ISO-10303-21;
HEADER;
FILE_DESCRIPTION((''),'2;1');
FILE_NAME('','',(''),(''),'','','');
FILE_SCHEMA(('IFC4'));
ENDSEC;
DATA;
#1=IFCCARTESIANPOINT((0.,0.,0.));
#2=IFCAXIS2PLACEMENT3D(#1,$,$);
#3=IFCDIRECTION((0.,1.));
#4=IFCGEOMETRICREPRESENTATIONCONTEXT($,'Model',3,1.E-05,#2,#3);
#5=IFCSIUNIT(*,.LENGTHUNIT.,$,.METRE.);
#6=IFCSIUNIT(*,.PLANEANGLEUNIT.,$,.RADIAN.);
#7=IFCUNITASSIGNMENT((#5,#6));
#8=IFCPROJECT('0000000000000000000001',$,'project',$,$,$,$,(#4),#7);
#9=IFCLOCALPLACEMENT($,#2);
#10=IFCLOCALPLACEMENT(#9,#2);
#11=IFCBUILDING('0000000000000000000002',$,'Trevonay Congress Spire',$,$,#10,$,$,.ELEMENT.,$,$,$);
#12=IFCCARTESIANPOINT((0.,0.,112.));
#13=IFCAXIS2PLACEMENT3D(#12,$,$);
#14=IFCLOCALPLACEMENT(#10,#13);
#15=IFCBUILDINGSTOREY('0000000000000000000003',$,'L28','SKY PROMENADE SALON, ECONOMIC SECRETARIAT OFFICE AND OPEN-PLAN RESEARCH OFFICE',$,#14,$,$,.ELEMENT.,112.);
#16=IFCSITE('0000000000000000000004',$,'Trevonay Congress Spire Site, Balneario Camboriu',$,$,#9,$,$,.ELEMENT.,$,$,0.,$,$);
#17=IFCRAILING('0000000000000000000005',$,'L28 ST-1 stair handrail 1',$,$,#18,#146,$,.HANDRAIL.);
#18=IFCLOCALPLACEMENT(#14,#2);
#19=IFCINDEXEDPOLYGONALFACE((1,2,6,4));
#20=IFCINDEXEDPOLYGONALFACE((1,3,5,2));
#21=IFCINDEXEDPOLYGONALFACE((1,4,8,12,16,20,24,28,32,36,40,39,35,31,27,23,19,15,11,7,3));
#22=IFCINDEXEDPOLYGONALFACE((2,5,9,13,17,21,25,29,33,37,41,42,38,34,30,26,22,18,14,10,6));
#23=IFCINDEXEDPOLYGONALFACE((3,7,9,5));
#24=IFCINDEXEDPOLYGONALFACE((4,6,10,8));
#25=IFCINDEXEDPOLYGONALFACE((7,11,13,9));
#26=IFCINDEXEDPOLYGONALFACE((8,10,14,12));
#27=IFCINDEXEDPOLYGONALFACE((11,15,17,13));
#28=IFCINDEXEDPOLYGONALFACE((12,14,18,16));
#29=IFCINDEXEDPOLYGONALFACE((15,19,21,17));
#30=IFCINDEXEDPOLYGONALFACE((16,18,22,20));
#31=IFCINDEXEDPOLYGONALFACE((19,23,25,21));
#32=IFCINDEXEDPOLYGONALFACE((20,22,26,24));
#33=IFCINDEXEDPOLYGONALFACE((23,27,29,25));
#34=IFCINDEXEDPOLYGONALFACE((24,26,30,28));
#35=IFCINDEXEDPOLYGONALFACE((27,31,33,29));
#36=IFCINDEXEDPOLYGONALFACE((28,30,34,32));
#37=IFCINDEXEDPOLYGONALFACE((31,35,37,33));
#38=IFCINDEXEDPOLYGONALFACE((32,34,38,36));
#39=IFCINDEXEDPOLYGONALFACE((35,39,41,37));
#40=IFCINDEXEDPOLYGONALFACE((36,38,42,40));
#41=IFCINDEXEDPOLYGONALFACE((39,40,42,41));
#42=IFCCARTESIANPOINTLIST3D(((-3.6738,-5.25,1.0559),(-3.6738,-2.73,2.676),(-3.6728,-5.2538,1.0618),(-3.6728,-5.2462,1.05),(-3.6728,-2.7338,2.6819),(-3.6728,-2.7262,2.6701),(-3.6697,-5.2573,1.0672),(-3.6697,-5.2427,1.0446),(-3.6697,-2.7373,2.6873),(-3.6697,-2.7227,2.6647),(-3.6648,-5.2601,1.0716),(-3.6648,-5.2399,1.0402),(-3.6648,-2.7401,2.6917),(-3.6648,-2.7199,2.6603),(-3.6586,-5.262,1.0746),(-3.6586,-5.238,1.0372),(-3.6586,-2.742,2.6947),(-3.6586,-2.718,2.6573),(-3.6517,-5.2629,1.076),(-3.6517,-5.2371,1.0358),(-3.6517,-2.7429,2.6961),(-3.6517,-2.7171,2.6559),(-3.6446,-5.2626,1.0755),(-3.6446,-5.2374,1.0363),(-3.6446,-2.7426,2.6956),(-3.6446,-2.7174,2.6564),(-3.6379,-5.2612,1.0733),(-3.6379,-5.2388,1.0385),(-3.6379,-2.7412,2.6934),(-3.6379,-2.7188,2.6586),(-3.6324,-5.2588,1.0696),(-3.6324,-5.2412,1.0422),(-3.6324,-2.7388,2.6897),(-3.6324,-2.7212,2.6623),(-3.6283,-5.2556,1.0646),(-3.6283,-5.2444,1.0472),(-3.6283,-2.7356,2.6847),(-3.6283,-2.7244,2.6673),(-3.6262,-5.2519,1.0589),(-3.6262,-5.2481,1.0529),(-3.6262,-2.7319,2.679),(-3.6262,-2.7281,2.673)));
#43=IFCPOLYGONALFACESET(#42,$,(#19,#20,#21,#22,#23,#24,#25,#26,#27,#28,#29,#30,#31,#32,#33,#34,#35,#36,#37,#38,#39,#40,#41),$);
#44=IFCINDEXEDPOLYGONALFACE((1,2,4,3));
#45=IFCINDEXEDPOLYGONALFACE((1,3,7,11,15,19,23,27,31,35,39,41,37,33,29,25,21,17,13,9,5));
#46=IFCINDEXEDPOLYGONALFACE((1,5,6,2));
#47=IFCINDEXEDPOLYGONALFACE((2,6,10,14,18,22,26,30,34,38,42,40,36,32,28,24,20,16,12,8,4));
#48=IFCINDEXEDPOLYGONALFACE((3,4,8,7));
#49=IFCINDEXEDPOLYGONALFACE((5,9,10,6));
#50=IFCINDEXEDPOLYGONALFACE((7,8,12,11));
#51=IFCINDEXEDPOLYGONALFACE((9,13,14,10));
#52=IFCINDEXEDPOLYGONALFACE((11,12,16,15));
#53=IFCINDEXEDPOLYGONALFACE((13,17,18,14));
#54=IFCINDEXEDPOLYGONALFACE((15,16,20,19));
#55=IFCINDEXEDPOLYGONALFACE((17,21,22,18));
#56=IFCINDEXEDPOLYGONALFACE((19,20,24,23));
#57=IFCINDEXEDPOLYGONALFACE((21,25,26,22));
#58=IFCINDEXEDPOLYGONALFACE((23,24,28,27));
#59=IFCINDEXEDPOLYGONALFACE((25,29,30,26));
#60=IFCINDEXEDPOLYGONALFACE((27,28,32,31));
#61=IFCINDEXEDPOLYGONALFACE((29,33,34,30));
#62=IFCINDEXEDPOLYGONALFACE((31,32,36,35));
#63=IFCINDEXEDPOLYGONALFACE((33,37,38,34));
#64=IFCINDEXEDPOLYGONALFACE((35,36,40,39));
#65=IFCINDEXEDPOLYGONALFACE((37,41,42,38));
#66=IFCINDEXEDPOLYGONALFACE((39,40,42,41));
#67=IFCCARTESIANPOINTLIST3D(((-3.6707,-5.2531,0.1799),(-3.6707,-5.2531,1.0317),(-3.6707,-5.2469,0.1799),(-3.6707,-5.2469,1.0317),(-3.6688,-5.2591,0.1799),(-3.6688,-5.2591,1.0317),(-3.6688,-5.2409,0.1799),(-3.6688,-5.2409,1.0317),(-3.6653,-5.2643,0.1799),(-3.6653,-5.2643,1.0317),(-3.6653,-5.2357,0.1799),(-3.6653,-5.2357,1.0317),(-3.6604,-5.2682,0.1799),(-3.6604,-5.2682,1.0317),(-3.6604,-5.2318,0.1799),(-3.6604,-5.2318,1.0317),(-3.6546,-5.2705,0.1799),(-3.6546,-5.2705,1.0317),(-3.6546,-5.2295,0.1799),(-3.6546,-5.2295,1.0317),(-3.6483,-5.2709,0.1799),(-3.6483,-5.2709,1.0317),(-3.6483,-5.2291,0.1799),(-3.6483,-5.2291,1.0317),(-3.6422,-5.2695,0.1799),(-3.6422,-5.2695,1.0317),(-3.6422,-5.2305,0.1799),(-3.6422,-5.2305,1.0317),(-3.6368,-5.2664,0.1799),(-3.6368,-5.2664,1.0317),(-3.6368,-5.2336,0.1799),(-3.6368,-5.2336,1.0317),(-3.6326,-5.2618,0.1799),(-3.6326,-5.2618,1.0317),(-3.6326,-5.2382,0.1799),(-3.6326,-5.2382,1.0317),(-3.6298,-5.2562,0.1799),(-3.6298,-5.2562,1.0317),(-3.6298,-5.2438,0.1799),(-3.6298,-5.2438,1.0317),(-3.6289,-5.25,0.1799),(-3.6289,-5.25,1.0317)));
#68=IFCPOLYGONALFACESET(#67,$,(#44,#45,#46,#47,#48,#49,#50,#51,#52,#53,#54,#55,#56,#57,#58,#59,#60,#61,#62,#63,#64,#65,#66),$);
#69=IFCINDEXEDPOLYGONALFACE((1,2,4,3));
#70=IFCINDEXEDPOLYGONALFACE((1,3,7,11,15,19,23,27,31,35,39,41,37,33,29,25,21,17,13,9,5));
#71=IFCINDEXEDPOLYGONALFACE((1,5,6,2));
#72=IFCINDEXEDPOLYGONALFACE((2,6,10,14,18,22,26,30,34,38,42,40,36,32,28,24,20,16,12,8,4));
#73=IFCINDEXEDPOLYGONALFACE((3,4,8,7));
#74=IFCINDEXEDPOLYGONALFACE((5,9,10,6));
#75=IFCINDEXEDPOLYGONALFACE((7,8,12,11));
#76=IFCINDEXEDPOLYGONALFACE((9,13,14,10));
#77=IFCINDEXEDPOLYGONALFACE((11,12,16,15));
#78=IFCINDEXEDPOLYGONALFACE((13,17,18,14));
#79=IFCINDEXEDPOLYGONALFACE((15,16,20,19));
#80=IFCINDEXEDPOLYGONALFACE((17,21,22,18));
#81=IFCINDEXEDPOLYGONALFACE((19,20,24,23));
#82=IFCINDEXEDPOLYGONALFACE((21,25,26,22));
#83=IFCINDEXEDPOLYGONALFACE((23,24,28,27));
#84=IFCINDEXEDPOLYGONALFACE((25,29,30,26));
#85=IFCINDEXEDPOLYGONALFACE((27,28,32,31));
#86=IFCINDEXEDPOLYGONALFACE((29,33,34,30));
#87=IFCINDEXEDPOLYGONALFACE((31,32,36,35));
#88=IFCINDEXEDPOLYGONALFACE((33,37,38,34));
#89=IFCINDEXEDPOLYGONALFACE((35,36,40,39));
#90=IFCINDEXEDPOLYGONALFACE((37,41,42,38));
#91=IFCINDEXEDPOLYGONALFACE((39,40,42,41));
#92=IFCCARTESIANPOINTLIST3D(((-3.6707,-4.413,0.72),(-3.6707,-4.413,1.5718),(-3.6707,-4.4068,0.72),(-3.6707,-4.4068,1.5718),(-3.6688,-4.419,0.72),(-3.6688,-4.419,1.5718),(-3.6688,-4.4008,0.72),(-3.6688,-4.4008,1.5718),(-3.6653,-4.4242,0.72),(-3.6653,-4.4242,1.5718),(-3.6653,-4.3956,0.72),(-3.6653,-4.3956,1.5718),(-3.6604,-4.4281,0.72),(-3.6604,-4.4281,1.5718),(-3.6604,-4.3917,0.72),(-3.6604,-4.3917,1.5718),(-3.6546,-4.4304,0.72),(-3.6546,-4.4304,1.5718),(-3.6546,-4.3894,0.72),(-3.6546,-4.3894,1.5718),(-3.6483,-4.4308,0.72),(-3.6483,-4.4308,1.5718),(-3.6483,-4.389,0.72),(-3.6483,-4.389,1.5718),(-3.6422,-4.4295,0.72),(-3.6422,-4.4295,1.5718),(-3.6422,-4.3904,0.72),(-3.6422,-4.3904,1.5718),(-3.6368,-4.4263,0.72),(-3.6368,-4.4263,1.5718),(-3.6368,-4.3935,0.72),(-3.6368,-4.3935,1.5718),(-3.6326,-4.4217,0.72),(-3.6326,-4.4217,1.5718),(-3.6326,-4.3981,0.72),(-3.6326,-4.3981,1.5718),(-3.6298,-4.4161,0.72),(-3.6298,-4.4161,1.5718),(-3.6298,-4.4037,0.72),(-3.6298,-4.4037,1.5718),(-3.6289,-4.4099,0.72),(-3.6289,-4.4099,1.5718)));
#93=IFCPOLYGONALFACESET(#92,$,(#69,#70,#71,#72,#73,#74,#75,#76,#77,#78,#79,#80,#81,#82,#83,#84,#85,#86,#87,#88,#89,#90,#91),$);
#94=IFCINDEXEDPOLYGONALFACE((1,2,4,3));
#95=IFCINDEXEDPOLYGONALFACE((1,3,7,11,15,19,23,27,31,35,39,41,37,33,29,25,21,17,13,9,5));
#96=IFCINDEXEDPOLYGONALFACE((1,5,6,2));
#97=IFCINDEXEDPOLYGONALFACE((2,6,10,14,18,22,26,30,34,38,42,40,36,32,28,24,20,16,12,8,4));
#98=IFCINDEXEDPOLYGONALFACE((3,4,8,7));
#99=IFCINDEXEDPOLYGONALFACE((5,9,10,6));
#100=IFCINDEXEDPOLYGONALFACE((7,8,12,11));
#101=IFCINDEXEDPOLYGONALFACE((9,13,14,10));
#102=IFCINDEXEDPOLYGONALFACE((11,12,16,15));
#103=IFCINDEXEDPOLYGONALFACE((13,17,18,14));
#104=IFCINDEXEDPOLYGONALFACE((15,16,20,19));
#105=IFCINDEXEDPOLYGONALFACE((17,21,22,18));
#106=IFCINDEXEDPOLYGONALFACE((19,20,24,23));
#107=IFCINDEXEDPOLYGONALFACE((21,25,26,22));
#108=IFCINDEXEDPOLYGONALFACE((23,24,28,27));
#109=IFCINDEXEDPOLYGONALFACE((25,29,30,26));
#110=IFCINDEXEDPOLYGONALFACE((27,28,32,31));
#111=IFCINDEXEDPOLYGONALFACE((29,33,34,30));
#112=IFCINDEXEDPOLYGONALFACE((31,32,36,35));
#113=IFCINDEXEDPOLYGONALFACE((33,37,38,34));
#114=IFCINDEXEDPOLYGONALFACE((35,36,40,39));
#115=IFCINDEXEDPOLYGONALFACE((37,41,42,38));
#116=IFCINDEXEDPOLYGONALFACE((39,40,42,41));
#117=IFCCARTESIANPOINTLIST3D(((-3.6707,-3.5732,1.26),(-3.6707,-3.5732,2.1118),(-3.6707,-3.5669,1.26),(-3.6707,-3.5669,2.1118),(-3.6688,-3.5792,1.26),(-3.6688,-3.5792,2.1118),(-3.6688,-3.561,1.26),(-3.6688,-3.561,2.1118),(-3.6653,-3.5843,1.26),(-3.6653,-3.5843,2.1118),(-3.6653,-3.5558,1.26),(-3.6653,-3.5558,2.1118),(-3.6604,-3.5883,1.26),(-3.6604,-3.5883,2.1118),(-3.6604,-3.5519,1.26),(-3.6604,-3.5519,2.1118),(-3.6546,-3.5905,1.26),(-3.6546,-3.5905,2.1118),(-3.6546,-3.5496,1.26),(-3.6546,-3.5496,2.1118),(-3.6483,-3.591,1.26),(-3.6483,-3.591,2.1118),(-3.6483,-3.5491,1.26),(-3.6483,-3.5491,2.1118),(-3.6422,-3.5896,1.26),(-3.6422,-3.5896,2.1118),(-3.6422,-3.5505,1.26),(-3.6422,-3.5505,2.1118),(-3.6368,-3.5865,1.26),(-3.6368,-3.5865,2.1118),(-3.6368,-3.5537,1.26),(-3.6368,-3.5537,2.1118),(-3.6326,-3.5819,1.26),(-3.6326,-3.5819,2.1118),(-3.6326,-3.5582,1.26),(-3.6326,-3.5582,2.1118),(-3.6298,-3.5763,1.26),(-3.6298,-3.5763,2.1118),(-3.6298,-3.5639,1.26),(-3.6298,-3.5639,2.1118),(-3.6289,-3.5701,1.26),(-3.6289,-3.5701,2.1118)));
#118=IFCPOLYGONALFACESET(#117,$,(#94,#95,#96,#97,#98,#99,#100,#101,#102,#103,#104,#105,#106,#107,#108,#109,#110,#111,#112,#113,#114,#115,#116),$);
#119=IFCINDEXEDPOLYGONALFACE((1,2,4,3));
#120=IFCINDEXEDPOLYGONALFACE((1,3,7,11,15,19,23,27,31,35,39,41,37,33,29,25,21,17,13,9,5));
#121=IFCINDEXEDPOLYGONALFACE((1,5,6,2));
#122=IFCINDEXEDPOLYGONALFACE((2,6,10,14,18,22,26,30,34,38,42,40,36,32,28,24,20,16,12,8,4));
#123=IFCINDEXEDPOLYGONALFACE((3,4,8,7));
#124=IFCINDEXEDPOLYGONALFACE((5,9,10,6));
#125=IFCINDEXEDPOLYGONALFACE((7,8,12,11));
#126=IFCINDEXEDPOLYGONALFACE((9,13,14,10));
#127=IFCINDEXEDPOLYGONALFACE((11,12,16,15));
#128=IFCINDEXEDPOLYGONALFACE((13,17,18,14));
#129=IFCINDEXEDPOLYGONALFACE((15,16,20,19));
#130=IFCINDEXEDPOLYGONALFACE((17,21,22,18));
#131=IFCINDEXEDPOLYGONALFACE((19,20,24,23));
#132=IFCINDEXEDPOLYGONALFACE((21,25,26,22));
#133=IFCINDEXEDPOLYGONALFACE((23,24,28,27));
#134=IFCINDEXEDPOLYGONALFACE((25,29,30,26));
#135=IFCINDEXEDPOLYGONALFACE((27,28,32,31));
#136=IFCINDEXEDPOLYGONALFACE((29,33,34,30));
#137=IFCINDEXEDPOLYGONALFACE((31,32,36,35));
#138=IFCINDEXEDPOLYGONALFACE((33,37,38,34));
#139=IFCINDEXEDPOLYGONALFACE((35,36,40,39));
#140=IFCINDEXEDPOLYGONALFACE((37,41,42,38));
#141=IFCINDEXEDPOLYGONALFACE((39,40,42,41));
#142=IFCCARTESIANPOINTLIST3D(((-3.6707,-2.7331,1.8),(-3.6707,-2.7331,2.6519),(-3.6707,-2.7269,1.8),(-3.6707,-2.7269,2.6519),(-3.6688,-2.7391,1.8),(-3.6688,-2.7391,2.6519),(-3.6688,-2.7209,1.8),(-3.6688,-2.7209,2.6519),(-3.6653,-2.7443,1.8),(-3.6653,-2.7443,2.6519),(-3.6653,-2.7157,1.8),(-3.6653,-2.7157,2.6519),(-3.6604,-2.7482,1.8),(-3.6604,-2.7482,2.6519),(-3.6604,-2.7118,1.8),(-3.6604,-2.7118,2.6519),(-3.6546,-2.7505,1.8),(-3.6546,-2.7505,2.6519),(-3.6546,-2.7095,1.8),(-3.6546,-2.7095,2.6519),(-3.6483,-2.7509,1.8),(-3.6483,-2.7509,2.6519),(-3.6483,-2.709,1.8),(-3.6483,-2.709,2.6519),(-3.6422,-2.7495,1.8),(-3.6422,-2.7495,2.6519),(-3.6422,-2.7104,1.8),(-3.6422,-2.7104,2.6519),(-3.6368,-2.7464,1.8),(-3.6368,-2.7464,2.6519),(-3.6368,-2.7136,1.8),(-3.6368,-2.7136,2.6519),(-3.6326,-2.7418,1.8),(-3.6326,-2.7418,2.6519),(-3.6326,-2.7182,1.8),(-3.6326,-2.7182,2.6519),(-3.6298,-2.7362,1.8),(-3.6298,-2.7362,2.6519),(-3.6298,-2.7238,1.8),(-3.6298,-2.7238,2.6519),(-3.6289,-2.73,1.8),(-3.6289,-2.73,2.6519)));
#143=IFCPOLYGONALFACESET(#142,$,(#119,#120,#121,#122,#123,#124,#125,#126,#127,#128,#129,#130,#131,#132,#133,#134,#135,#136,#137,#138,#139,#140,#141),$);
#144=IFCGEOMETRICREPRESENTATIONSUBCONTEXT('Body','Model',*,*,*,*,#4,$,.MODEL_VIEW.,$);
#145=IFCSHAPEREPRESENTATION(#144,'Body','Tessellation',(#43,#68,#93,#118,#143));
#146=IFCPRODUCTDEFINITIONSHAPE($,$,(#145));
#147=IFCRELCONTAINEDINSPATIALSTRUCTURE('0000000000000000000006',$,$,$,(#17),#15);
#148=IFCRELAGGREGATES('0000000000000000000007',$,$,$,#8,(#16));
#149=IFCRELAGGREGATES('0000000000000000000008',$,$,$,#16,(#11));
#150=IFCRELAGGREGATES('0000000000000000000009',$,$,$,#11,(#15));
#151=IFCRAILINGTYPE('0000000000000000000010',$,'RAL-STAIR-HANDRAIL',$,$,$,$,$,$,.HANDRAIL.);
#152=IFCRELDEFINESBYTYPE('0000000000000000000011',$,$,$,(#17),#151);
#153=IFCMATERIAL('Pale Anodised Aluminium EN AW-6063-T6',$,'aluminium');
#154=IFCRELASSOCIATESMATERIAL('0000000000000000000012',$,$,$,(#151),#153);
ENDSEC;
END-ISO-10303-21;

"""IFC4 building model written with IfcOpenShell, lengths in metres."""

from ifc_helpers import new_model, si_unit, direction, frame, origin, origin_2d, place, context, subcontext, project, spatial, circle, extrude, material, type_object, element, save


model = new_model("IFC4")

# Units and contexts
model_context = context("Model", 3, precision=1e-05, world=origin(), true_north=direction((0.0, 1.0)))
body_context = subcontext(model_context, "Body", "Model", "MODEL_VIEW")
ifc_project = project(units=[si_unit("LENGTHUNIT", "METRE"), si_unit("PLANEANGLEUNIT", "RADIAN")], contexts=[model_context])

# Site, building, storey
site_placement = place(None, origin())
site = spatial("IfcSite", under=ifc_project, at=site_placement, Name="Trevonay Congress Spire Site, Balneario Camboriu", CompositionType="ELEMENT", RefElevation=0.0)
building_placement = place(site_placement, origin())
building = spatial("IfcBuilding", under=site, at=building_placement, Name="Trevonay Congress Spire", CompositionType="ELEMENT")
storey_placement = place(building_placement, frame((0.0, 0.0, 112.0)))
storey = spatial("IfcBuildingStorey", under=building, at=storey_placement, Name="L28", Description="SKY PROMENADE SALON, ECONOMIC SECRETARIAT OFFICE AND OPEN-PLAN RESEARCH OFFICE", CompositionType="ELEMENT", Elevation=112.0)

# Shared definitions
ifc_material_1 = material(Name="Pale Anodised Aluminium EN AW-6063-T6", Category="aluminium")

# Railing
railing_type_1 = type_object("IfcRailingType", Name="RAL-STAIR-HANDRAIL", PredefinedType="HANDRAIL", material=ifc_material_1)
railing_1_placement = place(storey_placement, frame((-3.6499, -5.25, 0.1799)))
element("IfcRailing", 1, at=railing_1_placement, inside=storey, type_object=railing_type_1, Name="L28 ST-1 stair handrail 1", PredefinedType="HANDRAIL", context=body_context, shape_type="SweptSolid", body=[
    extrude(circle(Radius=0.0239, at=origin_2d()), frame((0.0, 0.0, 0.876), z_axis=(0.0, 0.841163, 0.540782), x_axis=(-1.0, 0.0, 0.0)), (0.0, 0.0, 1.0), 2.9958),
    extrude(circle(Radius=0.021, at=origin_2d()), origin(), (0.0, 0.0, 1.0), 0.8518),
    extrude(circle(Radius=0.021, at=origin_2d()), frame((0.0, 0.8401, 0.54)), (0.0, 0.0, 1.0), 0.8518),
    extrude(circle(Radius=0.021, at=origin_2d()), frame((0.0, 1.6799, 1.0801)), (0.0, 0.0, 1.0), 0.8518),
    extrude(circle(Radius=0.021, at=origin_2d()), frame((0.0, 2.52, 1.6201)), (0.0, 0.0, 1.0), 0.8518),
])

save(model, "model.ifc")
